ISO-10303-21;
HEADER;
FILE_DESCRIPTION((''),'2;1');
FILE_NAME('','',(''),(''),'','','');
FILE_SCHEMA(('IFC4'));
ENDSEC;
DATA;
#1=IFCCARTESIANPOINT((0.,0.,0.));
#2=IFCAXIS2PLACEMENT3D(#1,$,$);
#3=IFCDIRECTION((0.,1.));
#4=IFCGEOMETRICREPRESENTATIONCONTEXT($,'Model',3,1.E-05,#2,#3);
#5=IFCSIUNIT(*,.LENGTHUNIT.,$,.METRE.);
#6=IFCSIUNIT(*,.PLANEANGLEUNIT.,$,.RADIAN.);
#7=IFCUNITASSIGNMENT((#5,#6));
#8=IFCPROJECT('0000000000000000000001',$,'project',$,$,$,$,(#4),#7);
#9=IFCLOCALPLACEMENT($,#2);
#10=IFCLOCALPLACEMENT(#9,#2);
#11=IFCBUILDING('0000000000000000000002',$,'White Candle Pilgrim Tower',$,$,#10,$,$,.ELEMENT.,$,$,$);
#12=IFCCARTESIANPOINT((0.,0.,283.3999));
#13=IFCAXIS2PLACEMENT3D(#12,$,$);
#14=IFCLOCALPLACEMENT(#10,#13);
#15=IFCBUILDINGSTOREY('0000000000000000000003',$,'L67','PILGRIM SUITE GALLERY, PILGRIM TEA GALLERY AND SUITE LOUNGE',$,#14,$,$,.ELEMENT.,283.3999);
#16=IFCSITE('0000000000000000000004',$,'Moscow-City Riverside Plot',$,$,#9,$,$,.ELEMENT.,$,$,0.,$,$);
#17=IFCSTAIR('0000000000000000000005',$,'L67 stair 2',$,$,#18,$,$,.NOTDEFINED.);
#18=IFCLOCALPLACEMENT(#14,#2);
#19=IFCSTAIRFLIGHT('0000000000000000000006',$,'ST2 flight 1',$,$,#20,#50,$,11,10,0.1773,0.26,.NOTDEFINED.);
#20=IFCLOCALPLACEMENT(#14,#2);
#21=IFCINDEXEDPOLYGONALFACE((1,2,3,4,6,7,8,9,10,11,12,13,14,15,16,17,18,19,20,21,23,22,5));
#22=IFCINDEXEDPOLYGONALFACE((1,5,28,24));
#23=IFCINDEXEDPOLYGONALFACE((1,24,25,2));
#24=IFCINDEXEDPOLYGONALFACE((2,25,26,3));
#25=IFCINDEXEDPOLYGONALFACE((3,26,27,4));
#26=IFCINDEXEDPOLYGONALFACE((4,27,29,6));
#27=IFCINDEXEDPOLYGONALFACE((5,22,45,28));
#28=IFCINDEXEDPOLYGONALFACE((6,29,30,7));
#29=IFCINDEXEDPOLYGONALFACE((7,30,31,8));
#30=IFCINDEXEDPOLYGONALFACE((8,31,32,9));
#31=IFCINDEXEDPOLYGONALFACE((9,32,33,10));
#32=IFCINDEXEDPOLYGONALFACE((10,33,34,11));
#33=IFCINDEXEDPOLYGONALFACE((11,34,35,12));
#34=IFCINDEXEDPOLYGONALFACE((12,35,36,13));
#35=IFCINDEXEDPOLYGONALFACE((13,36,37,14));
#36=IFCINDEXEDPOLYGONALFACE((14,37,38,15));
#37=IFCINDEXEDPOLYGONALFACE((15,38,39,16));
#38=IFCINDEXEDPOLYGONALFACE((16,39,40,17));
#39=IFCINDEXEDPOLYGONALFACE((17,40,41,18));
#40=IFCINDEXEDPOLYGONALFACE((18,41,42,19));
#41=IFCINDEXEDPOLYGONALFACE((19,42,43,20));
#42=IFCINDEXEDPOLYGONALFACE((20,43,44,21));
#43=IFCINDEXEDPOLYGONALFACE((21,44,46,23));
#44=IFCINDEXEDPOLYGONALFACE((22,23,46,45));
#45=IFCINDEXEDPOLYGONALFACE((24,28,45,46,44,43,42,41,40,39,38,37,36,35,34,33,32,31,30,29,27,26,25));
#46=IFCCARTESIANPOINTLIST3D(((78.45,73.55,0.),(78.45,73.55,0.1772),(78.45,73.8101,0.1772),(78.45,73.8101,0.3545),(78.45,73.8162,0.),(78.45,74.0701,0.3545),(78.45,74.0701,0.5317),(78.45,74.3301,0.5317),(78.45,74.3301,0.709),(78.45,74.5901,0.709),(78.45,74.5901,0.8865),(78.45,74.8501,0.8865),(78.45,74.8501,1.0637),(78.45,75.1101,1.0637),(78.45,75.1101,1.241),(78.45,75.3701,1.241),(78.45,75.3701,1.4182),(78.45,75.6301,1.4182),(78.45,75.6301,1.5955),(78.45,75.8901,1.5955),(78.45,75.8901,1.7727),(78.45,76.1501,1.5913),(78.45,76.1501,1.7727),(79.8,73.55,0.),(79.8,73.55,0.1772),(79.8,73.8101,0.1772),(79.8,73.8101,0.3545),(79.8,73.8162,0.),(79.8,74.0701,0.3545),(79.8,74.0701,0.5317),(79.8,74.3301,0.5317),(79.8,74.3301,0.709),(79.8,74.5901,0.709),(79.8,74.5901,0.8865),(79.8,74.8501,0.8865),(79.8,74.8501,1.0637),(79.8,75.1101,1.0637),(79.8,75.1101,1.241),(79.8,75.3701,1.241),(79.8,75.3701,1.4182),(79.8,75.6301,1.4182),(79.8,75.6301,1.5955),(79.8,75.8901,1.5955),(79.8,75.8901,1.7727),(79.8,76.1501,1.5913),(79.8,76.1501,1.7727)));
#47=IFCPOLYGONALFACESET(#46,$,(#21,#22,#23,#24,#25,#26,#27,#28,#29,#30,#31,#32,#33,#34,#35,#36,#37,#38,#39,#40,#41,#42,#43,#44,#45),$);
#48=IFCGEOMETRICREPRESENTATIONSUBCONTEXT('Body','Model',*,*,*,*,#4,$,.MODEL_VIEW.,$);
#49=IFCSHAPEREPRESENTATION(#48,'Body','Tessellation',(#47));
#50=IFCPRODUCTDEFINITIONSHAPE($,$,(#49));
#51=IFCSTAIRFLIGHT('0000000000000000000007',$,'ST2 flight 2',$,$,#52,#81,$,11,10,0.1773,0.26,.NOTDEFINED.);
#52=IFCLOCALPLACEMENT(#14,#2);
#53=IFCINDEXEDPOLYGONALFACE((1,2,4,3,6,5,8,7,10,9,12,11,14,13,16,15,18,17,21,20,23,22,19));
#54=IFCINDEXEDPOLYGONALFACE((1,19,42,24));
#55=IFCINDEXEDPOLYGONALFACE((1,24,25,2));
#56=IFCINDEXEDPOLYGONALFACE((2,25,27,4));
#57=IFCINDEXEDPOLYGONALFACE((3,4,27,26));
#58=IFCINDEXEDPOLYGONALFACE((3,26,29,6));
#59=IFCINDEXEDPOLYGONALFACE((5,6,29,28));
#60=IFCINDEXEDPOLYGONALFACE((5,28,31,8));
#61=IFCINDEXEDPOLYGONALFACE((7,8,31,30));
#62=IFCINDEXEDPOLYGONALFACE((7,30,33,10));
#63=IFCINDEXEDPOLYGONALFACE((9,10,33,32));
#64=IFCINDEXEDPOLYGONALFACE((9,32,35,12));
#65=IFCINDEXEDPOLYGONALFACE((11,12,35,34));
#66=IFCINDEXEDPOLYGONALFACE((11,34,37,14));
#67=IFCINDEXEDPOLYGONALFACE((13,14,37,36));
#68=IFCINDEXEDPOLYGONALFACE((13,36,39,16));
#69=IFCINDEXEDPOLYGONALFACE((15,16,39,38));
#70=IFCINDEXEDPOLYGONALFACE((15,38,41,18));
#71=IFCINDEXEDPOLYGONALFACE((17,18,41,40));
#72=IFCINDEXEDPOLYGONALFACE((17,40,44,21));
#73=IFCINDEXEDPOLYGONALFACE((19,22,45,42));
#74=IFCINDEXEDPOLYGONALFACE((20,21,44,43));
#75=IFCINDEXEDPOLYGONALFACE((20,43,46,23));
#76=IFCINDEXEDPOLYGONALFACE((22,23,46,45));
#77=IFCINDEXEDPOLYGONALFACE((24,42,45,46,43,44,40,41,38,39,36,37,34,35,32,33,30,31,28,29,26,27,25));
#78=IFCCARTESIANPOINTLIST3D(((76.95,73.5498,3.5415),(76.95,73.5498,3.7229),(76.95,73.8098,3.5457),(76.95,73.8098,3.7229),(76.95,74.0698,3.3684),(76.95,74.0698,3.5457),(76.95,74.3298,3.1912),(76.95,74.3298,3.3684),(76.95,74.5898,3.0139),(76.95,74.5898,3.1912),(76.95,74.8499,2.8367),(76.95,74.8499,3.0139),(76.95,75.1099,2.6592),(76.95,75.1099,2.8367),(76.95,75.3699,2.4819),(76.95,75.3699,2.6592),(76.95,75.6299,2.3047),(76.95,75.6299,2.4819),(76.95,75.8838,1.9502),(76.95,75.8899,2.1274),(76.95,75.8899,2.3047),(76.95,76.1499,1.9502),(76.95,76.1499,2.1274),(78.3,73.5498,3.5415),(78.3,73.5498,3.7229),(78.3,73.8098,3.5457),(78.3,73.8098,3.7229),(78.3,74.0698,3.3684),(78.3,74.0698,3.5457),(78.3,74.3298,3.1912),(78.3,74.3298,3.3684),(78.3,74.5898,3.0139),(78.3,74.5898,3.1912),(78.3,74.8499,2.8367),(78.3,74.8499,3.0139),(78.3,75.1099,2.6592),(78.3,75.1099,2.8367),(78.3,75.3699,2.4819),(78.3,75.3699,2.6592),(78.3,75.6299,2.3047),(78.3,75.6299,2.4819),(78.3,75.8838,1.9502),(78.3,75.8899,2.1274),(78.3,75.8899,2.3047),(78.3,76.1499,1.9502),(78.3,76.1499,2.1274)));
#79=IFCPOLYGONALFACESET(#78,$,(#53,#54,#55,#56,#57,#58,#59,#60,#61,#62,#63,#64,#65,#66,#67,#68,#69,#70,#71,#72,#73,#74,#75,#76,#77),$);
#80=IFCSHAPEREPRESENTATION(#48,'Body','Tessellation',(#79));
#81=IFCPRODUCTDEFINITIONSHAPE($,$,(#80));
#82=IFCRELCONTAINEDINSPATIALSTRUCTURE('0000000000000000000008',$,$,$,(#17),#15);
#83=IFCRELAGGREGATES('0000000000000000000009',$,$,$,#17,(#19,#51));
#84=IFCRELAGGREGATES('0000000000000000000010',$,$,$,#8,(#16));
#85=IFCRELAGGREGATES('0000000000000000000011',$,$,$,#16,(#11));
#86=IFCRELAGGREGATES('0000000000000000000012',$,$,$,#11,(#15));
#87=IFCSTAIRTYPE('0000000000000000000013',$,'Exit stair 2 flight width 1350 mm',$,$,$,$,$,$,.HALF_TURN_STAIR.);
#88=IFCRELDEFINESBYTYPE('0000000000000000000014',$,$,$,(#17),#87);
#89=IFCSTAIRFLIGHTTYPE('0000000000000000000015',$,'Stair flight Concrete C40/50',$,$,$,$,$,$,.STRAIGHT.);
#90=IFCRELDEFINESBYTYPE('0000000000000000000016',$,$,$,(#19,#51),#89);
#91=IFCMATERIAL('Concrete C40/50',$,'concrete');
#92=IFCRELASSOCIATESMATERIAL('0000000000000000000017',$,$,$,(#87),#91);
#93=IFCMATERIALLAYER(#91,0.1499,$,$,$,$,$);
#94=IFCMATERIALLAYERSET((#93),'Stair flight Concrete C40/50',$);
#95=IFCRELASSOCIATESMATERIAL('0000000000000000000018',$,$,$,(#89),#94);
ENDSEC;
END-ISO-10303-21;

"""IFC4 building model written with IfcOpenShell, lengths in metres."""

from ifc_helpers import new_model, si_unit, direction, frame, origin, place, context, subcontext, project, spatial, polyline, outline, extrude, material, layer, layer_set, type_object, element, aggregate, save


model = new_model("IFC4")

# Units and contexts
model_context = context("Model", 3, precision=1e-05, world=origin(), true_north=direction((0.0, 1.0)))
body_context = subcontext(model_context, "Body", "Model", "MODEL_VIEW")
ifc_project = project(units=[si_unit("LENGTHUNIT", "METRE"), si_unit("PLANEANGLEUNIT", "RADIAN")], contexts=[model_context])

# Site, building, storey
site_placement = place(None, origin())
site = spatial("IfcSite", under=ifc_project, at=site_placement, Name="Moscow-City Riverside Plot", CompositionType="ELEMENT", RefElevation=0.0)
building_placement = place(site_placement, origin())
building = spatial("IfcBuilding", under=site, at=building_placement, Name="White Candle Pilgrim Tower", CompositionType="ELEMENT")
storey_placement = place(building_placement, frame((0.0, 0.0, 283.3999)))
storey = spatial("IfcBuildingStorey", under=building, at=storey_placement, Name="L67", Description="PILGRIM SUITE GALLERY, PILGRIM TEA GALLERY AND SUITE LOUNGE", CompositionType="ELEMENT", Elevation=283.3999)

# Stair, stair flights
ifc_material_1 = material(Name="Concrete C40/50", Category="concrete")
stair_type = type_object("IfcStairType", Name="Exit stair 2 flight width 1350 mm", PredefinedType="HALF_TURN_STAIR", material=ifc_material_1)
stair_placement = place(storey_placement, origin())
stair = element("IfcStair", 1, at=stair_placement, inside=storey, type_object=stair_type, Name="L67 stair 2", PredefinedType="NOTDEFINED")
ifc_layer_1 = layer(ifc_material_1, 0.1499)
ifc_layer_set_1 = layer_set([ifc_layer_1], Name="Stair flight Concrete C40/50")
stair_flight_type = type_object("IfcStairFlightType", Name="Stair flight Concrete C40/50", PredefinedType="STRAIGHT", material=ifc_layer_set_1)
stair_flight_1_placement = place(storey_placement, frame((79.125, 73.55, 0.0), z_axis=(0.0, 0.0, 1.0), x_axis=(0.0, 1.0, 0.0)))
stair_flight_1 = element("IfcStairFlight", 2, at=stair_flight_1_placement, type_object=stair_flight_type, Name="ST2 flight 1", NumberOfRisers=11, NumberOfTreads=10, PredefinedType="NOTDEFINED", RiserHeight=0.1773, TreadLength=0.26, context=body_context, shape_type="SweptSolid", body=[
    extrude(outline(polyline([(0.0, 0.0), (0.0, 0.1772), (0.26, 0.1772), (0.26, 0.3545), (0.52, 0.3545), (0.52, 0.5317), (0.78, 0.5317), (0.78, 0.709), (1.04, 0.709), (1.04, 0.8865), (1.3, 0.8865), (1.3, 1.0637), (1.5601, 1.0637), (1.5601, 1.241), (1.8201, 1.241), (1.8201, 1.4182), (2.0801, 1.4182), (2.0801, 1.5955), (2.3401, 1.5955), (2.3401, 1.7727), (2.6001, 1.7727), (2.6001, 1.95), (2.6001, 1.5913), (0.2661, 0.0), (0.0, 0.0)])), frame((0.0, 0.675, 0.0), z_axis=(0.0, -1.0, 0.0), x_axis=(1.0, 0.0, 0.0)), (0.0, 0.0, 1.0), 1.3501),
])
stair_flight_2_placement = place(storey_placement, frame((77.625, 76.1499, 1.9502), z_axis=(0.0, 0.0, 1.0), x_axis=(0.0, -1.0, 0.0)))
stair_flight_2 = element("IfcStairFlight", 3, at=stair_flight_2_placement, type_object=stair_flight_type, Name="ST2 flight 2", NumberOfRisers=11, NumberOfTreads=10, PredefinedType="NOTDEFINED", RiserHeight=0.1773, TreadLength=0.26, context=body_context, shape_type="SweptSolid", body=[
    extrude(outline(polyline([(0.0, 0.0), (0.0, 0.1772), (0.26, 0.1772), (0.26, 0.3545), (0.52, 0.3545), (0.52, 0.5317), (0.78, 0.5317), (0.78, 0.709), (1.04, 0.709), (1.04, 0.8865), (1.3, 0.8865), (1.3, 1.0637), (1.5601, 1.0637), (1.5601, 1.241), (1.8201, 1.241), (1.8201, 1.4182), (2.0801, 1.4182), (2.0801, 1.5955), (2.3401, 1.5955), (2.3401, 1.7727), (2.6001, 1.7727), (2.6001, 1.95), (2.6001, 1.5913), (0.2661, 0.0), (0.0, 0.0)])), frame((0.0, 0.675, 0.0), z_axis=(0.0, -1.0, 0.0), x_axis=(1.0, 0.0, 0.0)), (0.0, 0.0, 1.0), 1.3501),
])
aggregate(stair, [stair_flight_1, stair_flight_2])

save(model, "model.ifc")
